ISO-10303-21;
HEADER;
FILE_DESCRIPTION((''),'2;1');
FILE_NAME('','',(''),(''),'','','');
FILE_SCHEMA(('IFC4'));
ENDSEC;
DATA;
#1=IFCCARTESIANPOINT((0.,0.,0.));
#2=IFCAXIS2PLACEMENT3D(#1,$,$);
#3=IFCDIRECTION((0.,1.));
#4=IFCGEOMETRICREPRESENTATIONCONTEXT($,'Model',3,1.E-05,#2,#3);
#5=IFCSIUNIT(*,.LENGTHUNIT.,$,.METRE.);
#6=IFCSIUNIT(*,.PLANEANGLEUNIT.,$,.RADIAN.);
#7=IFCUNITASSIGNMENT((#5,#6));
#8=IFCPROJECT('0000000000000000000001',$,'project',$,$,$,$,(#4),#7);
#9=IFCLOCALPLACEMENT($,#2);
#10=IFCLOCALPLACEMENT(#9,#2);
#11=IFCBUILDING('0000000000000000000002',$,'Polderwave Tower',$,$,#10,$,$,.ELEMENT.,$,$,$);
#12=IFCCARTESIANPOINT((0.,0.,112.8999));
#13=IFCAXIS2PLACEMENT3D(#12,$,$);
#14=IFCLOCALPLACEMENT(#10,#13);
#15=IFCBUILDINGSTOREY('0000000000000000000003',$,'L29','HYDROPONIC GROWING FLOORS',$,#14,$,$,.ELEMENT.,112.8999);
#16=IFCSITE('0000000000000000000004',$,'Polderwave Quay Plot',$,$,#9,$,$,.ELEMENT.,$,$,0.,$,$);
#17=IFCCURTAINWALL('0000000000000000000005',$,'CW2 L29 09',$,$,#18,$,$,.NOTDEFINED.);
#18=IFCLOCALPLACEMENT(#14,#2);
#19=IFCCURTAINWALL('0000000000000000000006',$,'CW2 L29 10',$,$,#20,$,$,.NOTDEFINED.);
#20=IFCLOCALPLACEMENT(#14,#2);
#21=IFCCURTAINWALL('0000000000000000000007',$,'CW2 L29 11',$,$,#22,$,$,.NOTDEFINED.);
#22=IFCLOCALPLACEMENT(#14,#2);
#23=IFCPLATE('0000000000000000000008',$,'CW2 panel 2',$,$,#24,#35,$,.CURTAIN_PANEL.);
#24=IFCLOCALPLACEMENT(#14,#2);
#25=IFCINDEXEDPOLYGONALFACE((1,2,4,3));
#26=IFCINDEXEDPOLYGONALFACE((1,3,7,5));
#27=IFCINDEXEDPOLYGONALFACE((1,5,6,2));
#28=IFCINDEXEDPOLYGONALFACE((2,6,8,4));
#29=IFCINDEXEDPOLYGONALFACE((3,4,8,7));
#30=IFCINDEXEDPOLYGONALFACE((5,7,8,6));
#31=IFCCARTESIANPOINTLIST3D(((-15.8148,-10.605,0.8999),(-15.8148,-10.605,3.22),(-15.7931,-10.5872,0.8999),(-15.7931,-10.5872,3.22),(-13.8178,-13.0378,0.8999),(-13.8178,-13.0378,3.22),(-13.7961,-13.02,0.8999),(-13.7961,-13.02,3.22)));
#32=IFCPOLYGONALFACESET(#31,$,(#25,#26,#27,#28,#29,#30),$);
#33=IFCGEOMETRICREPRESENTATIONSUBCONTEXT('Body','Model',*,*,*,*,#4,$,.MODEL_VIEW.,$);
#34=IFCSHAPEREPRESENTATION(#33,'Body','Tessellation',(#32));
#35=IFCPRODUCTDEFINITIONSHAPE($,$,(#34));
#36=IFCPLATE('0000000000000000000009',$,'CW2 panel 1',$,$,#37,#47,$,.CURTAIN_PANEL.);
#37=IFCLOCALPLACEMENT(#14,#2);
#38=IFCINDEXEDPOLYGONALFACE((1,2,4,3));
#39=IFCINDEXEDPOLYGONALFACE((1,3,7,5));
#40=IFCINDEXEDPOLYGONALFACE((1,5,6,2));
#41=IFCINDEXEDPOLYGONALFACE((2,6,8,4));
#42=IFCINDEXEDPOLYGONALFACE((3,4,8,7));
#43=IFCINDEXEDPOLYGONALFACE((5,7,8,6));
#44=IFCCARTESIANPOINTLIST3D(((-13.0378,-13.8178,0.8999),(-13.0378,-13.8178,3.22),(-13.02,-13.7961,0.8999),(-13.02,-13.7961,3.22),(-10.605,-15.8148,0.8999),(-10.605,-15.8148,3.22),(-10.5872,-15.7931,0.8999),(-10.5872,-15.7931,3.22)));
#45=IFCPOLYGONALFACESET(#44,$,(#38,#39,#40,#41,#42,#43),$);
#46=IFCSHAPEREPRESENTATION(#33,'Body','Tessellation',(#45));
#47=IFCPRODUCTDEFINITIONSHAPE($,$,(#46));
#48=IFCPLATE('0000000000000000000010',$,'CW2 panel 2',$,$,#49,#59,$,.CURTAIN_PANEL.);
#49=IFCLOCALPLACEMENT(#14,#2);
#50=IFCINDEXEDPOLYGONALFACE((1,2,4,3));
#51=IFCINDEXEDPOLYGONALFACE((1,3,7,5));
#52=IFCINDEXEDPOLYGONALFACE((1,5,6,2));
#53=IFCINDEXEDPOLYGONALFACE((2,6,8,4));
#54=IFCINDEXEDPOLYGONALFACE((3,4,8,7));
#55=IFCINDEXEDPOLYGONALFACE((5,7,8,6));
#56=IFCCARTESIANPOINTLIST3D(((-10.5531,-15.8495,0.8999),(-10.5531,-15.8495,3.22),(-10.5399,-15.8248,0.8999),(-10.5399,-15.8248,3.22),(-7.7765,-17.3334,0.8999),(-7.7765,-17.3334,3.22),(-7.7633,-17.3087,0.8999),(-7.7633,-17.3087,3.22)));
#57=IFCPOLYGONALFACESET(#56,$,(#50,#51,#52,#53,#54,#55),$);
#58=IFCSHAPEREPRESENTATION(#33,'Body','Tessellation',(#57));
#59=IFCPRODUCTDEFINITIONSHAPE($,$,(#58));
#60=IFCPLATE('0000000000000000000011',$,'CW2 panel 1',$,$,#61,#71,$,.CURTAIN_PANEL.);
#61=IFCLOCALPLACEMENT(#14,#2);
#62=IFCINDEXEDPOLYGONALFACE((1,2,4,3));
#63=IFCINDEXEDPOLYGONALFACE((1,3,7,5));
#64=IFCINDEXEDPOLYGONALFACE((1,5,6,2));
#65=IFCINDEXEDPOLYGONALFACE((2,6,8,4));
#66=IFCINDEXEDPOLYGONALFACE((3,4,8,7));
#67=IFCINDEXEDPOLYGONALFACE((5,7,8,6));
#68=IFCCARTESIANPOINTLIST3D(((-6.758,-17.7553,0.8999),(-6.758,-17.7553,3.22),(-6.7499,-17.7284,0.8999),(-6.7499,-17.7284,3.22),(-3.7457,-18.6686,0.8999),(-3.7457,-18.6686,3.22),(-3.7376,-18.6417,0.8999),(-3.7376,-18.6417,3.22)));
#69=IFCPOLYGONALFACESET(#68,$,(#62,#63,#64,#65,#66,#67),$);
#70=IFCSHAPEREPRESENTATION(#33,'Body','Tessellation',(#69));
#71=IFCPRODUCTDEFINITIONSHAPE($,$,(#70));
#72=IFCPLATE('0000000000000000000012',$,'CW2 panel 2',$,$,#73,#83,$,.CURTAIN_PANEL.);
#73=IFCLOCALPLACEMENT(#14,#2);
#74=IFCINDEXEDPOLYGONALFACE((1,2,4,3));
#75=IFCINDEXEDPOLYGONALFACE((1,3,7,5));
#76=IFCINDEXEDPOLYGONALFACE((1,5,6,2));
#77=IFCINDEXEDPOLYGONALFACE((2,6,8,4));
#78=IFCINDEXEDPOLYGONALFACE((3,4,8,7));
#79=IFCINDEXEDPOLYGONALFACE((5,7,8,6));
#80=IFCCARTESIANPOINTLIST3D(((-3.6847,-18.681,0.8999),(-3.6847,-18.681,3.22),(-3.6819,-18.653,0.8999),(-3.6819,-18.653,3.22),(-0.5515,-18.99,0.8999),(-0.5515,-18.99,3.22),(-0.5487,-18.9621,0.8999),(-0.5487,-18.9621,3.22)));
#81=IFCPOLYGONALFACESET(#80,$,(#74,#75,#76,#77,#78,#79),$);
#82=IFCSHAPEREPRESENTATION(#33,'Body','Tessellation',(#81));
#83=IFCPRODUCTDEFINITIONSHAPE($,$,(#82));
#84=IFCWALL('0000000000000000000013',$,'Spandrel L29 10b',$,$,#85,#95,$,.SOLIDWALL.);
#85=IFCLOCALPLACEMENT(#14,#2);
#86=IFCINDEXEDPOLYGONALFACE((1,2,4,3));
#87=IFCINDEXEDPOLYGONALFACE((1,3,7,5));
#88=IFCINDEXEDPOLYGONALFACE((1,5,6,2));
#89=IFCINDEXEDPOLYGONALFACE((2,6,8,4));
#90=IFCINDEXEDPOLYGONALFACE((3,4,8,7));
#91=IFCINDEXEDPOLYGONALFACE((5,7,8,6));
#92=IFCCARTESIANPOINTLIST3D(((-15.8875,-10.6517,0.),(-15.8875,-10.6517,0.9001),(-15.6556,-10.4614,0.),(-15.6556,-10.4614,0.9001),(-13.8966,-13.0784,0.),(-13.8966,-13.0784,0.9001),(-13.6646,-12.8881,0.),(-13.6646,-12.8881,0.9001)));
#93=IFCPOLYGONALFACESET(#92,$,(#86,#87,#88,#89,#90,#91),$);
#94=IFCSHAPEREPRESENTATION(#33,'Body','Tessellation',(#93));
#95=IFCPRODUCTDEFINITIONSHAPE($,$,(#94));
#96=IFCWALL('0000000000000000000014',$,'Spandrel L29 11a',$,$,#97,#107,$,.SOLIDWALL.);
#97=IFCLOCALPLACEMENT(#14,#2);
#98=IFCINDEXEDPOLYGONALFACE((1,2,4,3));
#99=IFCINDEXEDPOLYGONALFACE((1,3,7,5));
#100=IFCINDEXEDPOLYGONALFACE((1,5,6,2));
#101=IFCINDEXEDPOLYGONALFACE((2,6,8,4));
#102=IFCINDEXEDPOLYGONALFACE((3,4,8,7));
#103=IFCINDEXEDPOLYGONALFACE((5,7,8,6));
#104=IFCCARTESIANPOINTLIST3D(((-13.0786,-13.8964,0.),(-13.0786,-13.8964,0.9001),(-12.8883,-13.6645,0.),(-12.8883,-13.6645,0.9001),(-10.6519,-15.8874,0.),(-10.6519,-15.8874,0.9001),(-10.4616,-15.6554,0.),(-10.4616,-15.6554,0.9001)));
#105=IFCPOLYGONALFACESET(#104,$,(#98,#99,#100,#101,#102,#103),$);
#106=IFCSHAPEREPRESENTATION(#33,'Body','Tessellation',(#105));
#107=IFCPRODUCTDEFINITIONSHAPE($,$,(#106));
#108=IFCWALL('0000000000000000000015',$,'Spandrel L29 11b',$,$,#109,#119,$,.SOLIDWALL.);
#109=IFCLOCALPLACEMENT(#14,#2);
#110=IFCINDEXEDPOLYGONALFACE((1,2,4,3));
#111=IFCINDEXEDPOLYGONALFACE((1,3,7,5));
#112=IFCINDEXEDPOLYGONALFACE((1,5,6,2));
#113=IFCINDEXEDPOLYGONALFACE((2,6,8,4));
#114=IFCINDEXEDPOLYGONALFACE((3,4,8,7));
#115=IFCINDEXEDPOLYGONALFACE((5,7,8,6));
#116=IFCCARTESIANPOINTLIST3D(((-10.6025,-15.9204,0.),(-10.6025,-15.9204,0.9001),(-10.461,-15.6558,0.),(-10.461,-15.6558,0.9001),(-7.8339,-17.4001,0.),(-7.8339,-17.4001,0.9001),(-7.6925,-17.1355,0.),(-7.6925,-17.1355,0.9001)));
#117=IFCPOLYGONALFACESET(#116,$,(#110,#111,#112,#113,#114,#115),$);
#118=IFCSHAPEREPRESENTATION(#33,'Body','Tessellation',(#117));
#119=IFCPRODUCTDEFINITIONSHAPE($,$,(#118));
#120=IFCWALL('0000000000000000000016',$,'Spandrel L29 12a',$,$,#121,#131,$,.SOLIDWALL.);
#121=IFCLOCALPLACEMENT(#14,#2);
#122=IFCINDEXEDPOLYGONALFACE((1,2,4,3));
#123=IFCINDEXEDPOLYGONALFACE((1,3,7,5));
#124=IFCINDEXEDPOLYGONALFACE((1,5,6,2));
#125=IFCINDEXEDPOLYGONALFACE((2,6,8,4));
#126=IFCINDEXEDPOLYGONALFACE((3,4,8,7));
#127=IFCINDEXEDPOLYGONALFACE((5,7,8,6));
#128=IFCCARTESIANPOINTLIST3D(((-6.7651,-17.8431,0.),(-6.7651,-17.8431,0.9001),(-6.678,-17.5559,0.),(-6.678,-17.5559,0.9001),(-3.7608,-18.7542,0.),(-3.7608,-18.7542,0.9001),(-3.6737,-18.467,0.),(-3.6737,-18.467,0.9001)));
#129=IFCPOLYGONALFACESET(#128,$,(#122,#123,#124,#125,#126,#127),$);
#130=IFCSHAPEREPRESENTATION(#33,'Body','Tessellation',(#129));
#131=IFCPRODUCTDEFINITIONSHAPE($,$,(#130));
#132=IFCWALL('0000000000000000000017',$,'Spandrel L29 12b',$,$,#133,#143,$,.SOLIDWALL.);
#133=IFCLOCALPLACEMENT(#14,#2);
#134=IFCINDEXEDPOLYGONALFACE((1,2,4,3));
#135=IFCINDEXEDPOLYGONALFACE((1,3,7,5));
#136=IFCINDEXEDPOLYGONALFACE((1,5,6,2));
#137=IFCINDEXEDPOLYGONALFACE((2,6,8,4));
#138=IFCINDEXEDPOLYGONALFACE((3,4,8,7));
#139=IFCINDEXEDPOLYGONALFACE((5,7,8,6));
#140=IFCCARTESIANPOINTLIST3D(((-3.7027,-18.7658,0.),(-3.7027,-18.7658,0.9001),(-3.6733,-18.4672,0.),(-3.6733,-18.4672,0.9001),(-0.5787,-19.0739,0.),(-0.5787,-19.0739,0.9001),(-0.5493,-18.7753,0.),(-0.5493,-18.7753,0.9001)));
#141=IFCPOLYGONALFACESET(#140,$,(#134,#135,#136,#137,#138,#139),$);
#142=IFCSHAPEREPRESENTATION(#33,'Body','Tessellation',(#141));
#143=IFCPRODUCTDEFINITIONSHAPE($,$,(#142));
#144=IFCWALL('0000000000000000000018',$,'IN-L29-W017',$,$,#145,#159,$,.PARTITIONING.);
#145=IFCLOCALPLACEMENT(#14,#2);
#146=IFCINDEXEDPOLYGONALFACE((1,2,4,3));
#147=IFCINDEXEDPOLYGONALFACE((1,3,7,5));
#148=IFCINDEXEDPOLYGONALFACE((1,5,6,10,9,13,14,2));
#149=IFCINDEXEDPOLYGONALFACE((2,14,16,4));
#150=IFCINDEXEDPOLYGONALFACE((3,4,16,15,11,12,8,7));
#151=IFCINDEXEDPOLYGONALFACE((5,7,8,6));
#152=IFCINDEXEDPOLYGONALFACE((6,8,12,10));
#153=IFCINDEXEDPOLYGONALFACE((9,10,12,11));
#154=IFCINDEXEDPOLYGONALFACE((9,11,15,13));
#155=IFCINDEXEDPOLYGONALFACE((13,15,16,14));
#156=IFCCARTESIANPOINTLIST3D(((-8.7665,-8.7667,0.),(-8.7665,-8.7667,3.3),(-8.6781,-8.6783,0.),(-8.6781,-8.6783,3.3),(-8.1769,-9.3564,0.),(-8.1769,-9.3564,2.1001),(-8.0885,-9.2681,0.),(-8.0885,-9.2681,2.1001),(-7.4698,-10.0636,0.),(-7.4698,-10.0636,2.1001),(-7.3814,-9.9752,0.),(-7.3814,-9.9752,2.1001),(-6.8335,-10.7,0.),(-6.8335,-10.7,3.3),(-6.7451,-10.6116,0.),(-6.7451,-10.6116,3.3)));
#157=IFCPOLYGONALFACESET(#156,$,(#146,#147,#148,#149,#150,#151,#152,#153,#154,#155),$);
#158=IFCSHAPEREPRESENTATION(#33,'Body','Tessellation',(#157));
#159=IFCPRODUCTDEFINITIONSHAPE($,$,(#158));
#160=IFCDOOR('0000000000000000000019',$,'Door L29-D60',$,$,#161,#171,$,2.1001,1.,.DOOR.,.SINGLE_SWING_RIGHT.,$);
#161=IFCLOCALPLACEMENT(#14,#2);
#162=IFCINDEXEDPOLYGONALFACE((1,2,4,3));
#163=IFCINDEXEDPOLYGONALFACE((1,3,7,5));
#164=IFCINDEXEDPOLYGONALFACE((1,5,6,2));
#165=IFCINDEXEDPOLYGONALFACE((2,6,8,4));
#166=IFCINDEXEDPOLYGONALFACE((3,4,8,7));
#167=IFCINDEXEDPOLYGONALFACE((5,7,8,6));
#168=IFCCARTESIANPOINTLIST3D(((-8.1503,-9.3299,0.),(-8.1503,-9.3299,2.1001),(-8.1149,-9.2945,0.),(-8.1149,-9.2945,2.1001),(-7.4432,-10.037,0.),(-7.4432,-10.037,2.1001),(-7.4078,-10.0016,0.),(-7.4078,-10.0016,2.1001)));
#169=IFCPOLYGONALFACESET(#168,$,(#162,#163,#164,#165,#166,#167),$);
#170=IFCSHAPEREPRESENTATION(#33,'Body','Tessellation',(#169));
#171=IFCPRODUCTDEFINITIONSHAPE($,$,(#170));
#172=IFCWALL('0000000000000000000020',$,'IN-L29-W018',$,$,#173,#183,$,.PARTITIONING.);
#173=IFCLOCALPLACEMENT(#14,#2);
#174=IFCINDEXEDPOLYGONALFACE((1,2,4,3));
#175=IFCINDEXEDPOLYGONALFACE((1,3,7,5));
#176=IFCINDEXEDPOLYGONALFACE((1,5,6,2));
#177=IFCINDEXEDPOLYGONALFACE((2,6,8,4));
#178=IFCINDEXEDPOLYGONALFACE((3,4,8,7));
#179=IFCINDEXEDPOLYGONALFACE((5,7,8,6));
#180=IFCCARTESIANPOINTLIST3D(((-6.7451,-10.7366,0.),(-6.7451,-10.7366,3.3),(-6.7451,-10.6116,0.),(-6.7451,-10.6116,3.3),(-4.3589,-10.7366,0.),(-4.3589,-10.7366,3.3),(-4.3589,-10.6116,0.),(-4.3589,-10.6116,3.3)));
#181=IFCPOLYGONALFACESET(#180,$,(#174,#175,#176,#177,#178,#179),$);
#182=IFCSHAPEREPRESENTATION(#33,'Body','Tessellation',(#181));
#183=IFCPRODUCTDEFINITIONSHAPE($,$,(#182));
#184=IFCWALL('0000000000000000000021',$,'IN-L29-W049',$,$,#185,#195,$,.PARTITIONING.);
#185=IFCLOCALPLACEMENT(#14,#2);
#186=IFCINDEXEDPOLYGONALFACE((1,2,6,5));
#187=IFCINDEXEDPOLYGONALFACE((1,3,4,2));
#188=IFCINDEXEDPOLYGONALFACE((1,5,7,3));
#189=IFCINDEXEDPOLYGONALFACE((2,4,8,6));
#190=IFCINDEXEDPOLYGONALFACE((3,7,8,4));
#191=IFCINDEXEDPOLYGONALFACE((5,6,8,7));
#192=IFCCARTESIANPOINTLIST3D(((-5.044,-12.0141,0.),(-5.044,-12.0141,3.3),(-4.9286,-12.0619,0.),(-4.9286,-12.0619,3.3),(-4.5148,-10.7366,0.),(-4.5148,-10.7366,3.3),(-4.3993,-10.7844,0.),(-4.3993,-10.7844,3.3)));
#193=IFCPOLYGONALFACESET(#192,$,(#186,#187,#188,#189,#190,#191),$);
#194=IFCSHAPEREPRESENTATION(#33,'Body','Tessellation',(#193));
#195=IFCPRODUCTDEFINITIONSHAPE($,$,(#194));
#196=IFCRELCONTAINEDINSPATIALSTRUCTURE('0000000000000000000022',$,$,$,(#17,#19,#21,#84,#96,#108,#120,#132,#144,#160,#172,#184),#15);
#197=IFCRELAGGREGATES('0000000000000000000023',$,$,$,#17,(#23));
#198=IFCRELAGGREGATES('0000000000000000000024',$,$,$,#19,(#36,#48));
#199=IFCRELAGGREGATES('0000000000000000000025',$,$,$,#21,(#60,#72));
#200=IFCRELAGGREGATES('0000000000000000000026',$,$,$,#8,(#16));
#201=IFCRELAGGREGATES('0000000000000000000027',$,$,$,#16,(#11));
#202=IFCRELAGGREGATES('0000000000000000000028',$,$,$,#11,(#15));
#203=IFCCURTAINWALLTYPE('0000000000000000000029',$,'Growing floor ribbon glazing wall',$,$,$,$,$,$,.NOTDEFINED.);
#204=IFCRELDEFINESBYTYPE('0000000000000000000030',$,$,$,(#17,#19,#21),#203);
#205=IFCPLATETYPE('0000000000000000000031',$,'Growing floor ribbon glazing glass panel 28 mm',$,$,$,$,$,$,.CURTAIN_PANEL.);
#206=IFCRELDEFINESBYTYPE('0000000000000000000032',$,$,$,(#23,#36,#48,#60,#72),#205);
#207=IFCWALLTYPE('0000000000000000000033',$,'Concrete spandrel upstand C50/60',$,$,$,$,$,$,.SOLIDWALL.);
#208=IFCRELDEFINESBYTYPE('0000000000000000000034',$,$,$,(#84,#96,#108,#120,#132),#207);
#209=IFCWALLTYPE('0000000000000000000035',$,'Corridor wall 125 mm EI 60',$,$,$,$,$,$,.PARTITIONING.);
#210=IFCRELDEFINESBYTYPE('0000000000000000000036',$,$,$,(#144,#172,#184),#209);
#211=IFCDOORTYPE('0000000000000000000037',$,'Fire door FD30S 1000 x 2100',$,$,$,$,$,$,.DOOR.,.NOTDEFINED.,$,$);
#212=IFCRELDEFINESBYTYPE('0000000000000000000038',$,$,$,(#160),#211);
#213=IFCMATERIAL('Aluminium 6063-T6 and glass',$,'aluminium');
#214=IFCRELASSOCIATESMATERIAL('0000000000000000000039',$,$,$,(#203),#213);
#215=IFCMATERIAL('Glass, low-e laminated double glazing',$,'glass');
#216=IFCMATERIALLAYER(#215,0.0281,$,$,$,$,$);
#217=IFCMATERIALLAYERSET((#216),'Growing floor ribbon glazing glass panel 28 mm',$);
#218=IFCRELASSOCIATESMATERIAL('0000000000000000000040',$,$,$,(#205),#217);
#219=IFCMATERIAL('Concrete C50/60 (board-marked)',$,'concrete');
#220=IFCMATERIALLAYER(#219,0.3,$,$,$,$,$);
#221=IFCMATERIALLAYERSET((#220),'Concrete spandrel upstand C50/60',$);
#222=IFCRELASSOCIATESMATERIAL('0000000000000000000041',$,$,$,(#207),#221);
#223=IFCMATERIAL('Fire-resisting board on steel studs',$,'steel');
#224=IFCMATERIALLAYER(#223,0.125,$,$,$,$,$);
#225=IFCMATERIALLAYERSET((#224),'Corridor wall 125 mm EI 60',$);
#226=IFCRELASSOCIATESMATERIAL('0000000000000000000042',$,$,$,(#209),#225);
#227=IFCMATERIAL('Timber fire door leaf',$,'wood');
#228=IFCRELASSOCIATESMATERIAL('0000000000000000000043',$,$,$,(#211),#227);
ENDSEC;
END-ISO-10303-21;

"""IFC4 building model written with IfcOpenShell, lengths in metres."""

from ifc_helpers import new_model, si_unit, direction, frame, frame_2d, origin, origin_2d, place, context, subcontext, project, spatial, rectangle, extrude, material, layer, layer_set, type_object, element, fill, aggregate, save


model = new_model("IFC4")

# Units and contexts
model_context = context("Model", 3, precision=1e-05, world=origin(), true_north=direction((0.0, 1.0)))
body_context = subcontext(model_context, "Body", "Model", "MODEL_VIEW")
ifc_project = project(units=[si_unit("LENGTHUNIT", "METRE"), si_unit("PLANEANGLEUNIT", "RADIAN")], contexts=[model_context])

# Site, building, storey
site_placement = place(None, origin())
site = spatial("IfcSite", under=ifc_project, at=site_placement, Name="Polderwave Quay Plot", CompositionType="ELEMENT", RefElevation=0.0)
building_placement = place(site_placement, origin())
building = spatial("IfcBuilding", under=site, at=building_placement, Name="Polderwave Tower", CompositionType="ELEMENT")
storey_placement = place(building_placement, frame((0.0, 0.0, 112.8999)))
storey = spatial("IfcBuildingStorey", under=building, at=storey_placement, Name="L29", Description="HYDROPONIC GROWING FLOORS", CompositionType="ELEMENT", Elevation=112.8999)

# Curtain walls
ifc_material_1 = material(Name="Aluminium 6063-T6 and glass", Category="aluminium")
curtain_wall_type = type_object("IfcCurtainWallType", Name="Growing floor ribbon glazing wall", PredefinedType="NOTDEFINED", material=ifc_material_1)
curtain_wall_1_placement = place(storey_placement, origin())
curtain_wall_1 = element("IfcCurtainWall", 1, at=curtain_wall_1_placement, inside=storey, type_object=curtain_wall_type, Name="CW2 L29 09", PredefinedType="NOTDEFINED")
curtain_wall_2_placement = place(storey_placement, origin())
curtain_wall_2 = element("IfcCurtainWall", 2, at=curtain_wall_2_placement, inside=storey, type_object=curtain_wall_type, Name="CW2 L29 10", PredefinedType="NOTDEFINED")
curtain_wall_3_placement = place(storey_placement, origin())
curtain_wall_3 = element("IfcCurtainWall", 3, at=curtain_wall_3_placement, inside=storey, type_object=curtain_wall_type, Name="CW2 L29 11", PredefinedType="NOTDEFINED")

# Plates
ifc_material_2 = material(Name="Glass, low-e laminated double glazing", Category="glass")
ifc_layer_1 = layer(ifc_material_2, 0.0281)
ifc_layer_set_1 = layer_set([ifc_layer_1], Name="Growing floor ribbon glazing glass panel 28 mm")
plate_type = type_object("IfcPlateType", Name="Growing floor ribbon glazing glass panel 28 mm", PredefinedType="CURTAIN_PANEL", material=ifc_layer_set_1)
plate_1_placement = place(storey_placement, frame((-14.8054, -11.8125, 0.8999), z_axis=(0.0, 0.0, 1.0), x_axis=(0.634472, -0.772946, 0.0)))
plate_1 = element("IfcPlate", 4, at=plate_1_placement, type_object=plate_type, Name="CW2 panel 2", PredefinedType="CURTAIN_PANEL", context=body_context, shape_type="SweptSolid", body=[
    extrude(rectangle(XDim=3.1475, YDim=0.0281, at=origin_2d()), origin(), (0.0, 0.0, 1.0), 2.3201),
])
aggregate(curtain_wall_1, [plate_1])
plate_2_placement = place(storey_placement, frame((-11.8125, -14.8054, 0.8999), z_axis=(0.0, 0.0, 1.0), x_axis=(0.772946, -0.634472, 0.0)))
plate_2 = element("IfcPlate", 5, at=plate_2_placement, type_object=plate_type, Name="CW2 panel 1", PredefinedType="CURTAIN_PANEL", context=body_context, shape_type="SweptSolid", body=[
    extrude(rectangle(XDim=3.1475, YDim=0.0281, at=origin_2d()), origin(), (0.0, 0.0, 1.0), 2.3201),
])
plate_3_placement = place(storey_placement, frame((-9.1582, -16.5791, 0.8999), z_axis=(0.0, 0.0, 1.0), x_axis=(0.881952, -0.47134, 0.0)))
plate_3 = element("IfcPlate", 6, at=plate_3_placement, type_object=plate_type, Name="CW2 panel 2", PredefinedType="CURTAIN_PANEL", context=body_context, shape_type="SweptSolid", body=[
    extrude(rectangle(XDim=3.1482, YDim=0.0281, at=origin_2d()), origin(), (0.0, 0.0, 1.0), 2.3201),
])
aggregate(curtain_wall_2, [plate_2, plate_3])
plate_4_placement = place(storey_placement, frame((-5.2478, -18.1985, 0.8999), z_axis=(0.0, 0.0, 1.0), x_axis=(0.956982, -0.290148, 0.0)))
plate_4 = element("IfcPlate", 7, at=plate_4_placement, type_object=plate_type, Name="CW2 panel 1", PredefinedType="CURTAIN_PANEL", context=body_context, shape_type="SweptSolid", body=[
    extrude(rectangle(XDim=3.1477, YDim=0.0281, at=origin_2d()), origin(), (0.0, 0.0, 1.0), 2.3201),
])
plate_5_placement = place(storey_placement, frame((-2.1167, -18.8215, 0.8999), z_axis=(0.0, 0.0, 1.0), x_axis=(0.99517, -0.098165, 0.0)))
plate_5 = element("IfcPlate", 8, at=plate_5_placement, type_object=plate_type, Name="CW2 panel 2", PredefinedType="CURTAIN_PANEL", context=body_context, shape_type="SweptSolid", body=[
    extrude(rectangle(XDim=3.1484, YDim=0.0281, at=origin_2d()), origin(), (0.0, 0.0, 1.0), 2.3201),
])
aggregate(curtain_wall_3, [plate_4, plate_5])

# Walls
ifc_material_3 = material(Name="Concrete C50/60 (board-marked)", Category="concrete")
ifc_layer_2 = layer(ifc_material_3, 0.3)
ifc_layer_set_2 = layer_set([ifc_layer_2], Name="Concrete spandrel upstand C50/60")
wall_type_1 = type_object("IfcWallType", Name="Concrete spandrel upstand C50/60", PredefinedType="SOLIDWALL", material=ifc_layer_set_2)
for number, where, z_axis, x_axis, name in (
    (9, (-15.7715, -10.5566, 0.0), (0.0, 0.0, 1.0), (0.634275, -0.773108, 0.0), "Spandrel L29 10b"),
    (10, (-12.9834, -13.7805, 0.0), (0.0, 0.0, 1.0), (0.773108, -0.634275, 0.0), "Spandrel L29 11a"),
):
    element("IfcWall", number, at=place(storey_placement, frame(where, z_axis=z_axis, x_axis=x_axis)), inside=storey, type_object=wall_type_1, Name=name, PredefinedType="SOLIDWALL", context=body_context, shape_type="SweptSolid", body=[
        extrude(rectangle(XDim=3.1389, YDim=0.3, at=frame_2d((1.5693, 0.0))), origin(), (0.0, 0.0, 1.0), 0.9001),
    ])
wall_1_placement = place(storey_placement, frame((-10.5317, -15.7881, 0.0), z_axis=(0.0, 0.0, 1.0), x_axis=(0.881933, -0.471375, 0.0)))
element("IfcWall", 11, at=wall_1_placement, inside=storey, type_object=wall_type_1, Name="Spandrel L29 11b", PredefinedType="SOLIDWALL", context=body_context, shape_type="SweptSolid", body=[
    extrude(rectangle(XDim=3.1392, YDim=0.3, at=frame_2d((1.5696, 0.0))), origin(), (0.0, 0.0, 1.0), 0.9001),
])
wall_2_placement = place(storey_placement, frame((-6.7217, -17.6995, 0.0), z_axis=(0.0, 0.0, 1.0), x_axis=(0.956962, -0.290215, 0.0)))
element("IfcWall", 12, at=wall_2_placement, inside=storey, type_object=wall_type_1, Name="Spandrel L29 12a", PredefinedType="SOLIDWALL", context=body_context, shape_type="SweptSolid", body=[
    extrude(rectangle(XDim=3.1394, YDim=0.3, at=frame_2d((1.5698, 0.0))), origin(), (0.0, 0.0, 1.0), 0.9001),
])
wall_3_placement = place(storey_placement, frame((-3.688, -18.6165, 0.0), z_axis=(0.0, 0.0, 1.0), x_axis=(0.995172, -0.098148, 0.0)))
element("IfcWall", 13, at=wall_3_placement, inside=storey, type_object=wall_type_1, Name="Spandrel L29 12b", PredefinedType="SOLIDWALL", context=body_context, shape_type="SweptSolid", body=[
    extrude(rectangle(XDim=3.1392, YDim=0.3, at=frame_2d((1.5696, 0.0))), origin(), (0.0, 0.0, 1.0), 0.9001),
])

# Wall, opening, door
ifc_material_4 = material(Name="Fire-resisting board on steel studs", Category="steel")
ifc_layer_3 = layer(ifc_material_4, 0.125)
ifc_layer_set_3 = layer_set([ifc_layer_3], Name="Corridor wall 125 mm EI 60")
wall_type_2 = type_object("IfcWallType", Name="Corridor wall 125 mm EI 60", PredefinedType="PARTITIONING", material=ifc_layer_set_3)
wall_4_placement = place(storey_placement, frame((-6.7893, -10.6558, 0.0), z_axis=(0.0, 0.0, 1.0), x_axis=(-0.707062, 0.707151, 0.0)))
wall_4 = element("IfcWall", 14, at=wall_4_placement, inside=storey, type_object=wall_type_2, Name="IN-L29-W017", PredefinedType="PARTITIONING", context=body_context, shape_type="SweptSolid", body=[
    extrude(rectangle(XDim=2.7339, YDim=0.125, at=frame_2d((1.3669, 0.0))), origin(), (0.0, 0.0, 1.0), 3.3),
])
opening_1_placement = place(wall_4_placement, frame((0.8999, 0.0, 0.0)))
opening_1 = element("IfcOpeningElement", 15, at=opening_1_placement, cuts=wall_4, PredefinedType="OPENING", context=body_context, shape_type="SweptSolid", body=[
    extrude(rectangle(XDim=1.0, YDim=2.1001, at=frame_2d((0.5, 1.05))), frame((0.0, 0.0725, 0.0), z_axis=(0.0, -1.0, 0.0), x_axis=(1.0, 0.0, 0.0)), (0.0, 0.0, 1.0), 0.145),
])
ifc_material_5 = material(Name="Timber fire door leaf", Category="wood")
door_type = type_object("IfcDoorType", Name="Fire door FD30S 1000 x 2100", OperationType="NOTDEFINED", PredefinedType="DOOR", material=ifc_material_5)
door_1_placement = place(opening_1_placement, origin())
door_1 = element("IfcDoor", 16, at=door_1_placement, inside=storey, type_object=door_type, Name="Door L29-D60", OperationType="SINGLE_SWING_RIGHT", OverallHeight=2.1001, OverallWidth=1.0, PredefinedType="DOOR", context=body_context, shape_type="SweptSolid", body=[
    extrude(rectangle(XDim=1.0, YDim=2.1001, at=frame_2d((0.5, 1.05))), frame((0.0, 0.0249, 0.0), z_axis=(0.0, -1.0, 0.0), x_axis=(1.0, 0.0, 0.0)), (0.0, 0.0, 1.0), 0.05),
])
fill(opening_1, door_1)

# Walls
wall_5_placement = place(storey_placement, frame((-4.3589, -10.6741, 0.0), z_axis=(0.0, 0.0, 1.0), x_axis=(-1.0, 0.0, 0.0)))
element("IfcWall", 17, at=wall_5_placement, inside=storey, type_object=wall_type_2, Name="IN-L29-W018", PredefinedType="PARTITIONING", context=body_context, shape_type="SweptSolid", body=[
    extrude(rectangle(XDim=2.3862, YDim=0.125, at=frame_2d((1.1931, 0.0))), origin(), (0.0, 0.0, 1.0), 3.3),
])
wall_6_placement = place(storey_placement, frame((-4.457, -10.7605, 0.0), z_axis=(0.0, 0.0, 1.0), x_axis=(-0.382747, -0.923853, 0.0)))
element("IfcWall", 18, at=wall_6_placement, inside=storey, type_object=wall_type_2, Name="IN-L29-W049", PredefinedType="PARTITIONING", context=body_context, shape_type="SweptSolid", body=[
    extrude(rectangle(XDim=1.3828, YDim=0.125, at=frame_2d((0.6914, 0.0))), origin(), (0.0, 0.0, 1.0), 3.3),
])

save(model, "model.ifc")
